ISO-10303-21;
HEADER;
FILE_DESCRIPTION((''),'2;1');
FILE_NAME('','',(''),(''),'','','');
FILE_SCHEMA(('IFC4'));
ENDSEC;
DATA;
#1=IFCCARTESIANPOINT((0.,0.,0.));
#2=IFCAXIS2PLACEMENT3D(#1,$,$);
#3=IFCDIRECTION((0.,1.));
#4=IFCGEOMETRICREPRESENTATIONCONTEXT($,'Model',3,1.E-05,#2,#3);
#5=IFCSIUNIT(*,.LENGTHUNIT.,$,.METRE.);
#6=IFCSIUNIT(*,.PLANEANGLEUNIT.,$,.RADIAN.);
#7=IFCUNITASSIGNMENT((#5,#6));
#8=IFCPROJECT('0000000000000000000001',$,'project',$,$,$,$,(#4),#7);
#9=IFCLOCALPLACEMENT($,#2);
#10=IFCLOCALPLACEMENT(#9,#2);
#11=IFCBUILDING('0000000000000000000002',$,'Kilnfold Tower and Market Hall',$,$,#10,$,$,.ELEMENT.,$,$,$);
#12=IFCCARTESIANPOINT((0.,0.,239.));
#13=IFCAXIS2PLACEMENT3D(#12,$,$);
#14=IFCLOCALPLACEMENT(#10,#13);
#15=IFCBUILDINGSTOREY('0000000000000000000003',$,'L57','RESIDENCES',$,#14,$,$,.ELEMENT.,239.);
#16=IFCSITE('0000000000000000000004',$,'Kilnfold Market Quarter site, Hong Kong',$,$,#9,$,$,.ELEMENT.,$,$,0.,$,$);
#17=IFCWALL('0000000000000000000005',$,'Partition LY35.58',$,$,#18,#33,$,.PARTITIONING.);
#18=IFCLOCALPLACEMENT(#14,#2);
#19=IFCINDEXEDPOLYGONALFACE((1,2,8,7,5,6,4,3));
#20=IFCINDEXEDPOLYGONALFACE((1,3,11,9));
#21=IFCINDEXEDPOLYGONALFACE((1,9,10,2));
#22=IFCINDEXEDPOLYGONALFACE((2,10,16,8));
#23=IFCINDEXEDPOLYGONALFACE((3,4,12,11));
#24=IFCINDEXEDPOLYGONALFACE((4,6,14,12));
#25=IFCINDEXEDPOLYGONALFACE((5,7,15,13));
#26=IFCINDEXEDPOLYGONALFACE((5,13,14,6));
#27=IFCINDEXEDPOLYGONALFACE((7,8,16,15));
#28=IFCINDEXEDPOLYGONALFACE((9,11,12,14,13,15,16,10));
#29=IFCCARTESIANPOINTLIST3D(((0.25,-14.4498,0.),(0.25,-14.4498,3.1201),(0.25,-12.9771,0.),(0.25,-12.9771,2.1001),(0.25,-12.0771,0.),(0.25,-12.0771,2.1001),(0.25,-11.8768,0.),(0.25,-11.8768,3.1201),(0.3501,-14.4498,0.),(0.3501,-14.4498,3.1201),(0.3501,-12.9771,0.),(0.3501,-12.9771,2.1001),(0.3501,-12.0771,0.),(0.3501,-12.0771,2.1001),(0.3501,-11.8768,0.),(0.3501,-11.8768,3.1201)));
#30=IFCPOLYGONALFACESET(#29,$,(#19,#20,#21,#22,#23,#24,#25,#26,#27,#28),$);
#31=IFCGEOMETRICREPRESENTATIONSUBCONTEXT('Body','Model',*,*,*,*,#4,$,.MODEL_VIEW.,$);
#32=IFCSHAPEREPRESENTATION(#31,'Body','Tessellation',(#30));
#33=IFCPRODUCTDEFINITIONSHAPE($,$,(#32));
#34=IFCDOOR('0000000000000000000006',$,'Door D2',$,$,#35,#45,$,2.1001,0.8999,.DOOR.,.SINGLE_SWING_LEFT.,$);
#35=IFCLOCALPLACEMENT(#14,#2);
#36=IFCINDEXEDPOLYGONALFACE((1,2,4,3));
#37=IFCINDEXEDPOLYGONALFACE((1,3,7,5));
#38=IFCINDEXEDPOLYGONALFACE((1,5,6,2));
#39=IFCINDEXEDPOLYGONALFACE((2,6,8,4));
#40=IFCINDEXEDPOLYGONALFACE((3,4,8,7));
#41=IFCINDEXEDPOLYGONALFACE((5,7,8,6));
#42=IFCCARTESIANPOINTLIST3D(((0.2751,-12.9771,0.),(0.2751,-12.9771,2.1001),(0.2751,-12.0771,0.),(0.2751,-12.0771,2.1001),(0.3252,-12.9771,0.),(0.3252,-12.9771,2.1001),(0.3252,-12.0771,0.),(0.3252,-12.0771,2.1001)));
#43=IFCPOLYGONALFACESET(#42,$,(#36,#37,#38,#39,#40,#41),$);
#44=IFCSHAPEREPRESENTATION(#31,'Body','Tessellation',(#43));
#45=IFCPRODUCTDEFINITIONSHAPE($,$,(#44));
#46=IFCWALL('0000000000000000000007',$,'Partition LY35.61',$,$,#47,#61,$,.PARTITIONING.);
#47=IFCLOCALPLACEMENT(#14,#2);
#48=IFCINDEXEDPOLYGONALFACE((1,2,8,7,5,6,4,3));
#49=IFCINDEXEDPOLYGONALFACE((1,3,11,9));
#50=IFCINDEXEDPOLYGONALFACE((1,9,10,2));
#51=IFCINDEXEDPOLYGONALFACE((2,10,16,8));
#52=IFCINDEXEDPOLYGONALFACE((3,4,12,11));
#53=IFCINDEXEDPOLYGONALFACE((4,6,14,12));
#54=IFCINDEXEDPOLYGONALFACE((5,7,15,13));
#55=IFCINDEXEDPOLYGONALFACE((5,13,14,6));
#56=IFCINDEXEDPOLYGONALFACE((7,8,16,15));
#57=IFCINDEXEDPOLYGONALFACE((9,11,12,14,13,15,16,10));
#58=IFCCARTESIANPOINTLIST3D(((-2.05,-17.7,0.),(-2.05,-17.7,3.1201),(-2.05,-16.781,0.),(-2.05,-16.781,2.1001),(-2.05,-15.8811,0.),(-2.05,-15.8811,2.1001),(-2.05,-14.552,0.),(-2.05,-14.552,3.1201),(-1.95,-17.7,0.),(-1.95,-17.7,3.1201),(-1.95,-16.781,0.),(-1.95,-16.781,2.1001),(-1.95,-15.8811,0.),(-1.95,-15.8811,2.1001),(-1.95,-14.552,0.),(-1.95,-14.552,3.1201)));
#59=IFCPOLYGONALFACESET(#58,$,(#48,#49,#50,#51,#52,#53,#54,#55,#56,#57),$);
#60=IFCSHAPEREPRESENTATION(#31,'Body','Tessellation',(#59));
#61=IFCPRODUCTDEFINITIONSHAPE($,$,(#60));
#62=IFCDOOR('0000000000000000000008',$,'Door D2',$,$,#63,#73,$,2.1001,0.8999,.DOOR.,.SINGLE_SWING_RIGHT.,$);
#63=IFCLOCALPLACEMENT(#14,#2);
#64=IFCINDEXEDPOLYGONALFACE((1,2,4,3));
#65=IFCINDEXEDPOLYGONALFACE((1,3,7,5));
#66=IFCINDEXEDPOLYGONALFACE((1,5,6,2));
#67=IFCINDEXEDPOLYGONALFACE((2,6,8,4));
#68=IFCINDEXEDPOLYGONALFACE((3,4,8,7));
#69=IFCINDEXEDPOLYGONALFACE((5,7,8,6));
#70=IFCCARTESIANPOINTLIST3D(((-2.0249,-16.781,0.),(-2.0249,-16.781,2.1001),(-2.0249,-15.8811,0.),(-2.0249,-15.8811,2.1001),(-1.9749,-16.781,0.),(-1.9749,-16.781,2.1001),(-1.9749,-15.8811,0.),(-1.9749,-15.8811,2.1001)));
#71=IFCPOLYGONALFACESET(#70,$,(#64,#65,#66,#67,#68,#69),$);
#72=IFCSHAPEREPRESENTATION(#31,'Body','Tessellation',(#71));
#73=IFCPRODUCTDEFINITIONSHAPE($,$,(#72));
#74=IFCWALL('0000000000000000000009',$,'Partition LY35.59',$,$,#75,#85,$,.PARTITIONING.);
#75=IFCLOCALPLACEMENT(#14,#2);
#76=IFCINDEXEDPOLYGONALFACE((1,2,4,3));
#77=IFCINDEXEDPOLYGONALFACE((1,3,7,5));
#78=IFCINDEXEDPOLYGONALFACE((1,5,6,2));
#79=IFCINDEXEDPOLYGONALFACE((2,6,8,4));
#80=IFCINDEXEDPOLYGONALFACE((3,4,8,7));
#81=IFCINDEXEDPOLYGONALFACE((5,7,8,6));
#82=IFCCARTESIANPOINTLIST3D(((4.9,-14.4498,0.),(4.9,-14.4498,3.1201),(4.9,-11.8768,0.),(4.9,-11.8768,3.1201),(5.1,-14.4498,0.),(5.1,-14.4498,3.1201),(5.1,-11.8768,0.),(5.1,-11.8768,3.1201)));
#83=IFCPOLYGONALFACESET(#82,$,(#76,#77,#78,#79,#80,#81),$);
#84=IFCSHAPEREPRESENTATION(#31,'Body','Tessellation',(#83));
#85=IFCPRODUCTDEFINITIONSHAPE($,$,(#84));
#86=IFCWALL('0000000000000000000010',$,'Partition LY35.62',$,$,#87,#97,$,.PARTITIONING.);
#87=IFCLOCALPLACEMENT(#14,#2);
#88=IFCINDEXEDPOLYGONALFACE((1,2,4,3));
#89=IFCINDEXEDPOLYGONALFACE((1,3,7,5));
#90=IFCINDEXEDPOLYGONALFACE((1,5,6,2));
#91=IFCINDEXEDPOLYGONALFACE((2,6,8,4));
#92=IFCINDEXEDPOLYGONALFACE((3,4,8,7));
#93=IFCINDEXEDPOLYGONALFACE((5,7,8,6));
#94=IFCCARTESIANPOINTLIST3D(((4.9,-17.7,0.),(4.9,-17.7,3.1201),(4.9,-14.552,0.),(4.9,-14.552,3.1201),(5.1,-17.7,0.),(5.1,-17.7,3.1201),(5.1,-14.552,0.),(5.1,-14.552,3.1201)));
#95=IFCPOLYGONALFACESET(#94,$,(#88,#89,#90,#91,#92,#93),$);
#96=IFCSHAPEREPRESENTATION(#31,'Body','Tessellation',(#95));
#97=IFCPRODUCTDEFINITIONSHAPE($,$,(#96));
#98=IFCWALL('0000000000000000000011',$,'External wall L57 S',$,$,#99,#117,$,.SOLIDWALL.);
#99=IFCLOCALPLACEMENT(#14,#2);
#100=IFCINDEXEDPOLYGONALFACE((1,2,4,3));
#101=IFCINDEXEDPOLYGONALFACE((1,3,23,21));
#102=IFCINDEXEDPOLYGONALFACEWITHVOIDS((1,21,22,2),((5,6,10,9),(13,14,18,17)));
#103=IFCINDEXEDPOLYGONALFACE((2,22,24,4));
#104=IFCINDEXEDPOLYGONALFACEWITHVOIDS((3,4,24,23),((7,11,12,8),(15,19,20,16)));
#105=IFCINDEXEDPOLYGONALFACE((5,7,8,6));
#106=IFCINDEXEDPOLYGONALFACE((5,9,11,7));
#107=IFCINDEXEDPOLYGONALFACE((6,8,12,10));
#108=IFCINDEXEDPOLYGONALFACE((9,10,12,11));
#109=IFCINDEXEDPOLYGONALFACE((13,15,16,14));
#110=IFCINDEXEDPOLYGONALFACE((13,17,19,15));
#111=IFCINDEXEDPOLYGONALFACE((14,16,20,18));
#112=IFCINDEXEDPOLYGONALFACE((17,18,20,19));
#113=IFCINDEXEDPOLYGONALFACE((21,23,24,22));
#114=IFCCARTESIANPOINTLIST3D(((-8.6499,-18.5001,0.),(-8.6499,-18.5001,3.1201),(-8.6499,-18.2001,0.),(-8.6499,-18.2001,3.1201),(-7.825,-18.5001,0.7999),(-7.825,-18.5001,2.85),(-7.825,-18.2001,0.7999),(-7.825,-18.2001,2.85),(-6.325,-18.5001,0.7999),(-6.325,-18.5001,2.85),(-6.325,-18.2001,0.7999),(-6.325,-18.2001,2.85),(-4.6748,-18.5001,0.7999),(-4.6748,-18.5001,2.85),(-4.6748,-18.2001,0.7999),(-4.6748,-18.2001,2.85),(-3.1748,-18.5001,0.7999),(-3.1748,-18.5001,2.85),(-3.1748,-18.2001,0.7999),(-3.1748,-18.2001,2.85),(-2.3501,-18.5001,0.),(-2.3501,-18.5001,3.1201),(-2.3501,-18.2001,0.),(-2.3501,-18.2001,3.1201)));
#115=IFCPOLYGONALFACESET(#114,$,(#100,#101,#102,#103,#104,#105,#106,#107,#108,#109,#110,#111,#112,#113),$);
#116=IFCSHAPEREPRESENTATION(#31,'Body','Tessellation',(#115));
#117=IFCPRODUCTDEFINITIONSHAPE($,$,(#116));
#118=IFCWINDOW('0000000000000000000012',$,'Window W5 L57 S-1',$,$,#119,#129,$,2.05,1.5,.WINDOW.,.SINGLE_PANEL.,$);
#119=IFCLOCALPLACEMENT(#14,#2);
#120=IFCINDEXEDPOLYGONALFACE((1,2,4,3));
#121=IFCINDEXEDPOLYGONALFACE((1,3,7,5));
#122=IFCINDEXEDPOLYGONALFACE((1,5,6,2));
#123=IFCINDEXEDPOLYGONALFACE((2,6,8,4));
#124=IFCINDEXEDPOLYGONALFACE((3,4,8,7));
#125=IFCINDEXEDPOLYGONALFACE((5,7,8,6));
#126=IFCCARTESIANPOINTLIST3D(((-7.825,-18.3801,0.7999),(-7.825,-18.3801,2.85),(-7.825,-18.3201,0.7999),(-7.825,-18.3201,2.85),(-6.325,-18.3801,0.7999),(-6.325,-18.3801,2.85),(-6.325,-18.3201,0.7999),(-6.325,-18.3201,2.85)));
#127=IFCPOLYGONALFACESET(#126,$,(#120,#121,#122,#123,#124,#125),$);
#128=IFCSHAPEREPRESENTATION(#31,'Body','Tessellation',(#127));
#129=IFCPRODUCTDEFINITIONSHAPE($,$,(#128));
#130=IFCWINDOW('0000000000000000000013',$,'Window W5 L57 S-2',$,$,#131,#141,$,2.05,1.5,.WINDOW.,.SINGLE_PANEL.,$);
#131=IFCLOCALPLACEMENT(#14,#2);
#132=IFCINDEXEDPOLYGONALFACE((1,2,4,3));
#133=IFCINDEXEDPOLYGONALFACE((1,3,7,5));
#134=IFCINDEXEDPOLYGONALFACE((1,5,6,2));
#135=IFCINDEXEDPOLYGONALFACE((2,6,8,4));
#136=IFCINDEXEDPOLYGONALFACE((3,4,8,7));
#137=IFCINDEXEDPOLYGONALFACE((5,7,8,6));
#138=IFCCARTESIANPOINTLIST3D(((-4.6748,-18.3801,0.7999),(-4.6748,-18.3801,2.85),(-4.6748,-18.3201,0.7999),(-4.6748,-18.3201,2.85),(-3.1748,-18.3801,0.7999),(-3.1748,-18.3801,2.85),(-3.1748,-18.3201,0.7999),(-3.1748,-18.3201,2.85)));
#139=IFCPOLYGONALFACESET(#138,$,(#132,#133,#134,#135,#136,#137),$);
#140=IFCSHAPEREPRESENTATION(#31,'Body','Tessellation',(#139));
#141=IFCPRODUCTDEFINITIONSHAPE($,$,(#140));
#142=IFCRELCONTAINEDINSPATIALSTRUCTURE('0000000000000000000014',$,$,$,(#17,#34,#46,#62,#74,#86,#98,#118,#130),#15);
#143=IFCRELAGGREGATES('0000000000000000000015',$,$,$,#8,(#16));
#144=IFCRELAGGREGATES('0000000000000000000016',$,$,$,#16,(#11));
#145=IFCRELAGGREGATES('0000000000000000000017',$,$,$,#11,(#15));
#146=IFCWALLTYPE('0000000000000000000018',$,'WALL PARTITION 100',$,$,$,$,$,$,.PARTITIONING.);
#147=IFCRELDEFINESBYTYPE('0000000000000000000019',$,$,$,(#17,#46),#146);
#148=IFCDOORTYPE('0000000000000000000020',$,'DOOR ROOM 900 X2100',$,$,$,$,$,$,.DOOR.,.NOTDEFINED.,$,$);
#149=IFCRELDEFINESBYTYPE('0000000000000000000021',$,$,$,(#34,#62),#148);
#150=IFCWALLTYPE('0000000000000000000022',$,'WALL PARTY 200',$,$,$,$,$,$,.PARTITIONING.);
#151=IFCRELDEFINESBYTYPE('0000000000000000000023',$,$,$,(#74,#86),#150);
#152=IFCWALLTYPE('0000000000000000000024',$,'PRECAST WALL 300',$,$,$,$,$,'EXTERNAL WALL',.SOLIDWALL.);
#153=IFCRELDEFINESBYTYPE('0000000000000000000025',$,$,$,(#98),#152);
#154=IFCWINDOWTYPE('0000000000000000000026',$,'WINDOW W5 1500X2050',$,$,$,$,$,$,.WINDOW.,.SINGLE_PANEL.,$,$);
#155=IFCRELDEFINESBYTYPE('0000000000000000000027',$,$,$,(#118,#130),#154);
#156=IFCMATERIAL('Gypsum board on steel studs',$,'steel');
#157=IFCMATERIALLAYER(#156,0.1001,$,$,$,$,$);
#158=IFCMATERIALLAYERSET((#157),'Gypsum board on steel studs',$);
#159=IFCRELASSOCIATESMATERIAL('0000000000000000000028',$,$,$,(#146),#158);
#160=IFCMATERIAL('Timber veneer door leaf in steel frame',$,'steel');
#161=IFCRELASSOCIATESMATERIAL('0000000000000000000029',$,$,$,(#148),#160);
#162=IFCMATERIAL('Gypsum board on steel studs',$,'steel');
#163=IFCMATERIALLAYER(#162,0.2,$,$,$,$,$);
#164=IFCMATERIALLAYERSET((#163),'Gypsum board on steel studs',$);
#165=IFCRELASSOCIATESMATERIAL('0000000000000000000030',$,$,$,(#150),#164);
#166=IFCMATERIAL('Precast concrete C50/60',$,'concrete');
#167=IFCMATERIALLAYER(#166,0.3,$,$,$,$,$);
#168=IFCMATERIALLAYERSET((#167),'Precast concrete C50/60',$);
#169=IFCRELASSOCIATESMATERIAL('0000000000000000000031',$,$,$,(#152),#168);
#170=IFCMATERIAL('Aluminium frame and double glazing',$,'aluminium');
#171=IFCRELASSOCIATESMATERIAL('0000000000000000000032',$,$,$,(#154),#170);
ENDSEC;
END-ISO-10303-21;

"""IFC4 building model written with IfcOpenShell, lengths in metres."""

from ifc_helpers import new_model, si_unit, direction, frame, frame_2d, origin, place, context, subcontext, project, spatial, rectangle, extrude, source, transform, mapped, material, layer, layer_set, type_object, element, fill, save


model = new_model("IFC4")

# Units and contexts
model_context = context("Model", 3, precision=1e-05, world=origin(), true_north=direction((0.0, 1.0)))
body_context = subcontext(model_context, "Body", "Model", "MODEL_VIEW")
ifc_project = project(units=[si_unit("LENGTHUNIT", "METRE"), si_unit("PLANEANGLEUNIT", "RADIAN")], contexts=[model_context])

# Site, building, storey
site_placement = place(None, origin())
site = spatial("IfcSite", under=ifc_project, at=site_placement, Name="Kilnfold Market Quarter site, Hong Kong", CompositionType="ELEMENT", RefElevation=0.0)
building_placement = place(site_placement, origin())
building = spatial("IfcBuilding", under=site, at=building_placement, Name="Kilnfold Tower and Market Hall", CompositionType="ELEMENT")
storey_placement = place(building_placement, frame((0.0, 0.0, 239.0)))
storey = spatial("IfcBuildingStorey", under=building, at=storey_placement, Name="L57", Description="RESIDENCES", CompositionType="ELEMENT", Elevation=239.0)

# Walls, openings, doors
ifc_material_1 = material(Name="Gypsum board on steel studs", Category="steel")
ifc_layer_1 = layer(ifc_material_1, 0.1001)
ifc_layer_set_1 = layer_set([ifc_layer_1], Name="Gypsum board on steel studs")
wall_type_1 = type_object("IfcWallType", Name="WALL PARTITION 100", PredefinedType="PARTITIONING", material=ifc_layer_set_1)
wall_1_placement = place(storey_placement, frame((0.3, -14.45, 0.0), z_axis=(0.0, 0.0, 1.0), x_axis=(0.0, 1.0, 0.0)))
wall_1 = element("IfcWall", 1, at=wall_1_placement, inside=storey, type_object=wall_type_1, Name="Partition LY35.58", PredefinedType="PARTITIONING", context=body_context, shape_type="SweptSolid", body=[
    extrude(rectangle(XDim=2.573, YDim=0.1001, at=frame_2d((1.2866, 0.0))), origin(), (0.0, 0.0, 1.0), 3.1201),
])
opening_1_placement = place(wall_1_placement, frame((1.4729, 0.0, 0.0)))
opening_1 = element("IfcOpeningElement", 2, at=opening_1_placement, cuts=wall_1, PredefinedType="OPENING", context=body_context, shape_type="SweptSolid", body=[
    extrude(rectangle(XDim=0.8999, YDim=2.1001, at=frame_2d((0.45, 1.05))), frame((0.0, 0.0601, 0.0), z_axis=(0.0, -1.0, 0.0), x_axis=(1.0, 0.0, 0.0)), (0.0, 0.0, 1.0), 0.1201),
])
ifc_material_2 = material(Name="Timber veneer door leaf in steel frame", Category="steel")
door_type_1 = type_object("IfcDoorType", Name="DOOR ROOM 900 X2100", OperationType="NOTDEFINED", PredefinedType="DOOR", material=ifc_material_2)
door_1_placement = place(opening_1_placement, origin())
door_1 = element("IfcDoor", 3, at=door_1_placement, inside=storey, type_object=door_type_1, Name="Door D2", OperationType="SINGLE_SWING_LEFT", OverallHeight=2.1001, OverallWidth=0.8999, PredefinedType="DOOR", context=body_context, shape_type="SweptSolid", body=[
    extrude(rectangle(XDim=0.8999, YDim=2.1001, at=frame_2d((0.45, 1.05))), frame((0.0, 0.0249, 0.0), z_axis=(0.0, -1.0, 0.0), x_axis=(1.0, 0.0, 0.0)), (0.0, 0.0, 1.0), 0.05),
])
fill(opening_1, door_1)
wall_2_placement = place(storey_placement, frame((-2.0, -17.7, 0.0), z_axis=(0.0, 0.0, 1.0), x_axis=(0.0, 1.0, 0.0)))
wall_2 = element("IfcWall", 4, at=wall_2_placement, inside=storey, type_object=wall_type_1, Name="Partition LY35.61", PredefinedType="PARTITIONING", context=body_context, shape_type="SweptSolid", body=[
    extrude(rectangle(XDim=3.1479, YDim=0.1001, at=frame_2d((1.574, 0.0))), origin(), (0.0, 0.0, 1.0), 3.1201),
])
opening_2_placement = place(wall_2_placement, frame((0.9189, 0.0, 0.0)))
opening_2 = element("IfcOpeningElement", 5, at=opening_2_placement, cuts=wall_2, PredefinedType="OPENING", context=body_context, shape_type="SweptSolid", body=[
    extrude(rectangle(XDim=0.8999, YDim=2.1001, at=frame_2d((0.45, 1.05))), frame((0.0, 0.0601, 0.0), z_axis=(0.0, -1.0, 0.0), x_axis=(1.0, 0.0, 0.0)), (0.0, 0.0, 1.0), 0.1201),
])
door_2_placement = place(opening_2_placement, origin())
door_2 = element("IfcDoor", 6, at=door_2_placement, inside=storey, type_object=door_type_1, Name="Door D2", OperationType="SINGLE_SWING_RIGHT", OverallHeight=2.1001, OverallWidth=0.8999, PredefinedType="DOOR", context=body_context, shape_type="SweptSolid", body=[
    extrude(rectangle(XDim=0.8999, YDim=2.1001, at=frame_2d((0.45, 1.05))), frame((0.0, 0.0249, 0.0), z_axis=(0.0, -1.0, 0.0), x_axis=(1.0, 0.0, 0.0)), (0.0, 0.0, 1.0), 0.05),
])
fill(opening_2, door_2)

# Walls
ifc_material_3 = material(Name="Gypsum board on steel studs", Category="steel")
ifc_layer_2 = layer(ifc_material_3, 0.2)
ifc_layer_set_2 = layer_set([ifc_layer_2], Name="Gypsum board on steel studs")
wall_type_2 = type_object("IfcWallType", Name="WALL PARTY 200", PredefinedType="PARTITIONING", material=ifc_layer_set_2)
wall_3_placement = place(storey_placement, frame((5.0, -14.45, 0.0), z_axis=(0.0, 0.0, 1.0), x_axis=(0.0, 1.0, 0.0)))
element("IfcWall", 7, at=wall_3_placement, inside=storey, type_object=wall_type_2, Name="Partition LY35.59", PredefinedType="PARTITIONING", context=body_context, shape_type="SweptSolid", body=[
    extrude(rectangle(XDim=2.573, YDim=0.2, at=frame_2d((1.2866, 0.0))), origin(), (0.0, 0.0, 1.0), 3.1201),
])
wall_4_placement = place(storey_placement, frame((5.0, -17.7, 0.0), z_axis=(0.0, 0.0, 1.0), x_axis=(0.0, 1.0, 0.0)))
element("IfcWall", 8, at=wall_4_placement, inside=storey, type_object=wall_type_2, Name="Partition LY35.62", PredefinedType="PARTITIONING", context=body_context, shape_type="SweptSolid", body=[
    extrude(rectangle(XDim=3.1479, YDim=0.2, at=frame_2d((1.574, 0.0))), origin(), (0.0, 0.0, 1.0), 3.1201),
])

# Wall, openings, windows
ifc_material_4 = material(Name="Precast concrete C50/60", Category="concrete")
ifc_layer_3 = layer(ifc_material_4, 0.3)
ifc_layer_set_3 = layer_set([ifc_layer_3], Name="Precast concrete C50/60")
wall_type_3 = type_object("IfcWallType", Name="PRECAST WALL 300", ElementType="EXTERNAL WALL", PredefinedType="SOLIDWALL", material=ifc_layer_set_3)
shared_shape_1 = source(origin(), body_context, "Body", "SweptSolid", [
    extrude(rectangle(XDim=6.2998, YDim=0.3, at=frame_2d((3.1499, 0.0))), origin(), (0.0, 0.0, 1.0), 3.1201),
])
wall_5_placement = place(storey_placement, frame((-8.6499, -18.3501, 0.0), z_axis=(0.0, 0.0, 1.0), x_axis=(1.0, 0.0, 0.0)))
wall_5 = element("IfcWall", 9, at=wall_5_placement, inside=storey, type_object=wall_type_3, Name="External wall L57 S", PredefinedType="SOLIDWALL", context=body_context, shape_type="MappedRepresentation", body=[
    mapped(shared_shape_1, transform((0.0, 0.0, 0.0))),
])
opening_3_placement = place(wall_5_placement, frame((0.825, 0.0, 0.8)))
opening_3 = element("IfcOpeningElement", 10, at=opening_3_placement, cuts=wall_5, PredefinedType="OPENING", context=body_context, shape_type="SweptSolid", body=[
    extrude(rectangle(XDim=1.5, YDim=2.05, at=frame_2d((0.75, 1.0249))), frame((0.0, 0.1602, 0.0), z_axis=(0.0, -1.0, 0.0), x_axis=(1.0, 0.0, 0.0)), (0.0, 0.0, 1.0), 0.3201),
])
opening_4_placement = place(wall_5_placement, frame((3.9751, 0.0, 0.8)))
opening_4 = element("IfcOpeningElement", 11, at=opening_4_placement, cuts=wall_5, PredefinedType="OPENING", context=body_context, shape_type="SweptSolid", body=[
    extrude(rectangle(XDim=1.5, YDim=2.05, at=frame_2d((0.75, 1.0249))), frame((0.0, 0.1602, 0.0), z_axis=(0.0, -1.0, 0.0), x_axis=(1.0, 0.0, 0.0)), (0.0, 0.0, 1.0), 0.3201),
])
ifc_material_5 = material(Name="Aluminium frame and double glazing", Category="aluminium")
window_type = type_object("IfcWindowType", Name="WINDOW W5 1500X2050", PartitioningType="SINGLE_PANEL", PredefinedType="WINDOW", material=ifc_material_5)
window_1_placement = place(opening_3_placement, origin())
window_1 = element("IfcWindow", 12, at=window_1_placement, inside=storey, type_object=window_type, Name="Window W5 L57 S-1", OverallHeight=2.05, OverallWidth=1.5, PartitioningType="SINGLE_PANEL", PredefinedType="WINDOW", context=body_context, shape_type="SweptSolid", body=[
    extrude(rectangle(XDim=1.5, YDim=2.05, at=frame_2d((0.75, 1.0249))), frame((0.0, 0.03, 0.0), z_axis=(0.0, -1.0, 0.0), x_axis=(1.0, 0.0, 0.0)), (0.0, 0.0, 1.0), 0.0601),
])
fill(opening_3, window_1)
window_2_placement = place(opening_4_placement, origin())
window_2 = element("IfcWindow", 13, at=window_2_placement, inside=storey, type_object=window_type, Name="Window W5 L57 S-2", OverallHeight=2.05, OverallWidth=1.5, PartitioningType="SINGLE_PANEL", PredefinedType="WINDOW", context=body_context, shape_type="SweptSolid", body=[
    extrude(rectangle(XDim=1.5, YDim=2.05, at=frame_2d((0.75, 1.0249))), frame((0.0, 0.03, 0.0), z_axis=(0.0, -1.0, 0.0), x_axis=(1.0, 0.0, 0.0)), (0.0, 0.0, 1.0), 0.0601),
])
fill(opening_4, window_2)

save(model, "model.ifc")
